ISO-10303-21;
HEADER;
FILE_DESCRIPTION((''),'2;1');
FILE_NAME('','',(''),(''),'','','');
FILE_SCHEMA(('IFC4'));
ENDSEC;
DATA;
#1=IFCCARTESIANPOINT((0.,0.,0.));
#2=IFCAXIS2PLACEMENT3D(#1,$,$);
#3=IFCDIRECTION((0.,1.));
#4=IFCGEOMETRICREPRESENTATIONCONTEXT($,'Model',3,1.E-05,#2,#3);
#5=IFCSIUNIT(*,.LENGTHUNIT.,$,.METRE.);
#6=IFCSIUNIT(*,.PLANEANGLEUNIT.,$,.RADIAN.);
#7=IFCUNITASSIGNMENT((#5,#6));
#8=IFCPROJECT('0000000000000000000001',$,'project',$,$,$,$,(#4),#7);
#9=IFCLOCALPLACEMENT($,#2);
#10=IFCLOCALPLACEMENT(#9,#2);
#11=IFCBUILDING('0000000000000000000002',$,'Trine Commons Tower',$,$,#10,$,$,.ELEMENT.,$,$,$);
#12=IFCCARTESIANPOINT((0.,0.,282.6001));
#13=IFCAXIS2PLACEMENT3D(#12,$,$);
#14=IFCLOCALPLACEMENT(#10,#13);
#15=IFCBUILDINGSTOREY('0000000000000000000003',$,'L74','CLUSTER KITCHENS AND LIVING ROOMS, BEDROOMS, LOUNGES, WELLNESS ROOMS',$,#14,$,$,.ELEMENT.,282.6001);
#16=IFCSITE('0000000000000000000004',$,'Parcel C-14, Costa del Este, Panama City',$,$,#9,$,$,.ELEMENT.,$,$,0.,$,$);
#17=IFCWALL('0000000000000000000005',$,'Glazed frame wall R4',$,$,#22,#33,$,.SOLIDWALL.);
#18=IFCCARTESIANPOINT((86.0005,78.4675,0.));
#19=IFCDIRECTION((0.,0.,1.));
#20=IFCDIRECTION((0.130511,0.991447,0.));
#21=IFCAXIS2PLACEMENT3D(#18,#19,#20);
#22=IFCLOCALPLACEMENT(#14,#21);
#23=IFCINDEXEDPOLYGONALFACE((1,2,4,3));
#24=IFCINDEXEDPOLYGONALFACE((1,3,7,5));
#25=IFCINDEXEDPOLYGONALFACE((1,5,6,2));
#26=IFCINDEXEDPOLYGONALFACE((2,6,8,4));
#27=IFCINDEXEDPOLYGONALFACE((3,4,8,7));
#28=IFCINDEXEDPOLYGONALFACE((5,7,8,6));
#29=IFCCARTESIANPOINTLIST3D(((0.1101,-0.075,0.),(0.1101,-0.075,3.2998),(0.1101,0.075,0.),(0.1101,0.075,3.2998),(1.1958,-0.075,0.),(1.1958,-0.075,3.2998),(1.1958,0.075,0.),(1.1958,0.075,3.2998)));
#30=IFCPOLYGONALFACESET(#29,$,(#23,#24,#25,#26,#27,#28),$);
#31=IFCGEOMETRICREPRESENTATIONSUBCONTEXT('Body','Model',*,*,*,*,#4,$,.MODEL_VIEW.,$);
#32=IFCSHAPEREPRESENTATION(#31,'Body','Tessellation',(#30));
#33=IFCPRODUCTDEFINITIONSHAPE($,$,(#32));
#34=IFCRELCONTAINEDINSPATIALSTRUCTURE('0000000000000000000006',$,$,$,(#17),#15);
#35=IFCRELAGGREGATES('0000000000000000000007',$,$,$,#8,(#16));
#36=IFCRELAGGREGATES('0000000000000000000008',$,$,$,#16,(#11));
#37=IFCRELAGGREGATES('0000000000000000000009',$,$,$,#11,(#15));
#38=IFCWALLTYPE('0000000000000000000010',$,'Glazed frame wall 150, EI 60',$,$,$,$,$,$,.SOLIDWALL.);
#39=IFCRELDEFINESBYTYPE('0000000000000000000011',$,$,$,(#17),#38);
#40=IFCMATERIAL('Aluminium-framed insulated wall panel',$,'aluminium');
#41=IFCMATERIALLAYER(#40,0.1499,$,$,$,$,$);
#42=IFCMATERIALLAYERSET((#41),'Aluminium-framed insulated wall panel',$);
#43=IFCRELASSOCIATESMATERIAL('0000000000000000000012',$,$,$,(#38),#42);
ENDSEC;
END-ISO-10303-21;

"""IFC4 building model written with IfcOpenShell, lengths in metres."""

from ifc_helpers import new_model, si_unit, direction, frame, origin, place, context, subcontext, project, spatial, polyline, outline, extrude, material, layer, layer_set, type_object, element, save


model = new_model("IFC4")

# Units and contexts
model_context = context("Model", 3, precision=1e-05, world=origin(), true_north=direction((0.0, 1.0)))
body_context = subcontext(model_context, "Body", "Model", "MODEL_VIEW")
ifc_project = project(units=[si_unit("LENGTHUNIT", "METRE"), si_unit("PLANEANGLEUNIT", "RADIAN")], contexts=[model_context])

# Site, building, storey
site_placement = place(None, origin())
site = spatial("IfcSite", under=ifc_project, at=site_placement, Name="Parcel C-14, Costa del Este, Panama City", CompositionType="ELEMENT", RefElevation=0.0)
building_placement = place(site_placement, origin())
building = spatial("IfcBuilding", under=site, at=building_placement, Name="Trine Commons Tower", CompositionType="ELEMENT")
storey_placement = place(building_placement, frame((0.0, 0.0, 282.6001)))
storey = spatial("IfcBuildingStorey", under=building, at=storey_placement, Name="L74", Description="CLUSTER KITCHENS AND LIVING ROOMS, BEDROOMS, LOUNGES, WELLNESS ROOMS", CompositionType="ELEMENT", Elevation=282.6001)

# Shared definitions
ifc_material_1 = material(Name="Aluminium-framed insulated wall panel", Category="aluminium")
ifc_layer_1 = layer(ifc_material_1, 0.1499)
ifc_layer_set_1 = layer_set([ifc_layer_1], Name="Aluminium-framed insulated wall panel")
wall_type_1 = type_object("IfcWallType", Name="Glazed frame wall 150, EI 60", PredefinedType="SOLIDWALL", material=ifc_layer_set_1)

# Wall
wall_1_placement = place(storey_placement, frame((86.0005, 78.4675, 0.0), z_axis=(0.0, 0.0, 1.0), x_axis=(0.130511, 0.991447, 0.0)))
element("IfcWall", 1, at=wall_1_placement, inside=storey, type_object=wall_type_1, Name="Glazed frame wall R4", PredefinedType="SOLIDWALL", context=body_context, shape_type="SweptSolid", body=[
    extrude(outline(polyline([(0.1101, 0.075), (0.1101, -0.075), (1.1958, -0.075), (1.1958, 0.075), (0.1101, 0.075)])), origin(), (0.0, 0.0, 1.0), 3.2998),
])

save(model, "model.ifc")
